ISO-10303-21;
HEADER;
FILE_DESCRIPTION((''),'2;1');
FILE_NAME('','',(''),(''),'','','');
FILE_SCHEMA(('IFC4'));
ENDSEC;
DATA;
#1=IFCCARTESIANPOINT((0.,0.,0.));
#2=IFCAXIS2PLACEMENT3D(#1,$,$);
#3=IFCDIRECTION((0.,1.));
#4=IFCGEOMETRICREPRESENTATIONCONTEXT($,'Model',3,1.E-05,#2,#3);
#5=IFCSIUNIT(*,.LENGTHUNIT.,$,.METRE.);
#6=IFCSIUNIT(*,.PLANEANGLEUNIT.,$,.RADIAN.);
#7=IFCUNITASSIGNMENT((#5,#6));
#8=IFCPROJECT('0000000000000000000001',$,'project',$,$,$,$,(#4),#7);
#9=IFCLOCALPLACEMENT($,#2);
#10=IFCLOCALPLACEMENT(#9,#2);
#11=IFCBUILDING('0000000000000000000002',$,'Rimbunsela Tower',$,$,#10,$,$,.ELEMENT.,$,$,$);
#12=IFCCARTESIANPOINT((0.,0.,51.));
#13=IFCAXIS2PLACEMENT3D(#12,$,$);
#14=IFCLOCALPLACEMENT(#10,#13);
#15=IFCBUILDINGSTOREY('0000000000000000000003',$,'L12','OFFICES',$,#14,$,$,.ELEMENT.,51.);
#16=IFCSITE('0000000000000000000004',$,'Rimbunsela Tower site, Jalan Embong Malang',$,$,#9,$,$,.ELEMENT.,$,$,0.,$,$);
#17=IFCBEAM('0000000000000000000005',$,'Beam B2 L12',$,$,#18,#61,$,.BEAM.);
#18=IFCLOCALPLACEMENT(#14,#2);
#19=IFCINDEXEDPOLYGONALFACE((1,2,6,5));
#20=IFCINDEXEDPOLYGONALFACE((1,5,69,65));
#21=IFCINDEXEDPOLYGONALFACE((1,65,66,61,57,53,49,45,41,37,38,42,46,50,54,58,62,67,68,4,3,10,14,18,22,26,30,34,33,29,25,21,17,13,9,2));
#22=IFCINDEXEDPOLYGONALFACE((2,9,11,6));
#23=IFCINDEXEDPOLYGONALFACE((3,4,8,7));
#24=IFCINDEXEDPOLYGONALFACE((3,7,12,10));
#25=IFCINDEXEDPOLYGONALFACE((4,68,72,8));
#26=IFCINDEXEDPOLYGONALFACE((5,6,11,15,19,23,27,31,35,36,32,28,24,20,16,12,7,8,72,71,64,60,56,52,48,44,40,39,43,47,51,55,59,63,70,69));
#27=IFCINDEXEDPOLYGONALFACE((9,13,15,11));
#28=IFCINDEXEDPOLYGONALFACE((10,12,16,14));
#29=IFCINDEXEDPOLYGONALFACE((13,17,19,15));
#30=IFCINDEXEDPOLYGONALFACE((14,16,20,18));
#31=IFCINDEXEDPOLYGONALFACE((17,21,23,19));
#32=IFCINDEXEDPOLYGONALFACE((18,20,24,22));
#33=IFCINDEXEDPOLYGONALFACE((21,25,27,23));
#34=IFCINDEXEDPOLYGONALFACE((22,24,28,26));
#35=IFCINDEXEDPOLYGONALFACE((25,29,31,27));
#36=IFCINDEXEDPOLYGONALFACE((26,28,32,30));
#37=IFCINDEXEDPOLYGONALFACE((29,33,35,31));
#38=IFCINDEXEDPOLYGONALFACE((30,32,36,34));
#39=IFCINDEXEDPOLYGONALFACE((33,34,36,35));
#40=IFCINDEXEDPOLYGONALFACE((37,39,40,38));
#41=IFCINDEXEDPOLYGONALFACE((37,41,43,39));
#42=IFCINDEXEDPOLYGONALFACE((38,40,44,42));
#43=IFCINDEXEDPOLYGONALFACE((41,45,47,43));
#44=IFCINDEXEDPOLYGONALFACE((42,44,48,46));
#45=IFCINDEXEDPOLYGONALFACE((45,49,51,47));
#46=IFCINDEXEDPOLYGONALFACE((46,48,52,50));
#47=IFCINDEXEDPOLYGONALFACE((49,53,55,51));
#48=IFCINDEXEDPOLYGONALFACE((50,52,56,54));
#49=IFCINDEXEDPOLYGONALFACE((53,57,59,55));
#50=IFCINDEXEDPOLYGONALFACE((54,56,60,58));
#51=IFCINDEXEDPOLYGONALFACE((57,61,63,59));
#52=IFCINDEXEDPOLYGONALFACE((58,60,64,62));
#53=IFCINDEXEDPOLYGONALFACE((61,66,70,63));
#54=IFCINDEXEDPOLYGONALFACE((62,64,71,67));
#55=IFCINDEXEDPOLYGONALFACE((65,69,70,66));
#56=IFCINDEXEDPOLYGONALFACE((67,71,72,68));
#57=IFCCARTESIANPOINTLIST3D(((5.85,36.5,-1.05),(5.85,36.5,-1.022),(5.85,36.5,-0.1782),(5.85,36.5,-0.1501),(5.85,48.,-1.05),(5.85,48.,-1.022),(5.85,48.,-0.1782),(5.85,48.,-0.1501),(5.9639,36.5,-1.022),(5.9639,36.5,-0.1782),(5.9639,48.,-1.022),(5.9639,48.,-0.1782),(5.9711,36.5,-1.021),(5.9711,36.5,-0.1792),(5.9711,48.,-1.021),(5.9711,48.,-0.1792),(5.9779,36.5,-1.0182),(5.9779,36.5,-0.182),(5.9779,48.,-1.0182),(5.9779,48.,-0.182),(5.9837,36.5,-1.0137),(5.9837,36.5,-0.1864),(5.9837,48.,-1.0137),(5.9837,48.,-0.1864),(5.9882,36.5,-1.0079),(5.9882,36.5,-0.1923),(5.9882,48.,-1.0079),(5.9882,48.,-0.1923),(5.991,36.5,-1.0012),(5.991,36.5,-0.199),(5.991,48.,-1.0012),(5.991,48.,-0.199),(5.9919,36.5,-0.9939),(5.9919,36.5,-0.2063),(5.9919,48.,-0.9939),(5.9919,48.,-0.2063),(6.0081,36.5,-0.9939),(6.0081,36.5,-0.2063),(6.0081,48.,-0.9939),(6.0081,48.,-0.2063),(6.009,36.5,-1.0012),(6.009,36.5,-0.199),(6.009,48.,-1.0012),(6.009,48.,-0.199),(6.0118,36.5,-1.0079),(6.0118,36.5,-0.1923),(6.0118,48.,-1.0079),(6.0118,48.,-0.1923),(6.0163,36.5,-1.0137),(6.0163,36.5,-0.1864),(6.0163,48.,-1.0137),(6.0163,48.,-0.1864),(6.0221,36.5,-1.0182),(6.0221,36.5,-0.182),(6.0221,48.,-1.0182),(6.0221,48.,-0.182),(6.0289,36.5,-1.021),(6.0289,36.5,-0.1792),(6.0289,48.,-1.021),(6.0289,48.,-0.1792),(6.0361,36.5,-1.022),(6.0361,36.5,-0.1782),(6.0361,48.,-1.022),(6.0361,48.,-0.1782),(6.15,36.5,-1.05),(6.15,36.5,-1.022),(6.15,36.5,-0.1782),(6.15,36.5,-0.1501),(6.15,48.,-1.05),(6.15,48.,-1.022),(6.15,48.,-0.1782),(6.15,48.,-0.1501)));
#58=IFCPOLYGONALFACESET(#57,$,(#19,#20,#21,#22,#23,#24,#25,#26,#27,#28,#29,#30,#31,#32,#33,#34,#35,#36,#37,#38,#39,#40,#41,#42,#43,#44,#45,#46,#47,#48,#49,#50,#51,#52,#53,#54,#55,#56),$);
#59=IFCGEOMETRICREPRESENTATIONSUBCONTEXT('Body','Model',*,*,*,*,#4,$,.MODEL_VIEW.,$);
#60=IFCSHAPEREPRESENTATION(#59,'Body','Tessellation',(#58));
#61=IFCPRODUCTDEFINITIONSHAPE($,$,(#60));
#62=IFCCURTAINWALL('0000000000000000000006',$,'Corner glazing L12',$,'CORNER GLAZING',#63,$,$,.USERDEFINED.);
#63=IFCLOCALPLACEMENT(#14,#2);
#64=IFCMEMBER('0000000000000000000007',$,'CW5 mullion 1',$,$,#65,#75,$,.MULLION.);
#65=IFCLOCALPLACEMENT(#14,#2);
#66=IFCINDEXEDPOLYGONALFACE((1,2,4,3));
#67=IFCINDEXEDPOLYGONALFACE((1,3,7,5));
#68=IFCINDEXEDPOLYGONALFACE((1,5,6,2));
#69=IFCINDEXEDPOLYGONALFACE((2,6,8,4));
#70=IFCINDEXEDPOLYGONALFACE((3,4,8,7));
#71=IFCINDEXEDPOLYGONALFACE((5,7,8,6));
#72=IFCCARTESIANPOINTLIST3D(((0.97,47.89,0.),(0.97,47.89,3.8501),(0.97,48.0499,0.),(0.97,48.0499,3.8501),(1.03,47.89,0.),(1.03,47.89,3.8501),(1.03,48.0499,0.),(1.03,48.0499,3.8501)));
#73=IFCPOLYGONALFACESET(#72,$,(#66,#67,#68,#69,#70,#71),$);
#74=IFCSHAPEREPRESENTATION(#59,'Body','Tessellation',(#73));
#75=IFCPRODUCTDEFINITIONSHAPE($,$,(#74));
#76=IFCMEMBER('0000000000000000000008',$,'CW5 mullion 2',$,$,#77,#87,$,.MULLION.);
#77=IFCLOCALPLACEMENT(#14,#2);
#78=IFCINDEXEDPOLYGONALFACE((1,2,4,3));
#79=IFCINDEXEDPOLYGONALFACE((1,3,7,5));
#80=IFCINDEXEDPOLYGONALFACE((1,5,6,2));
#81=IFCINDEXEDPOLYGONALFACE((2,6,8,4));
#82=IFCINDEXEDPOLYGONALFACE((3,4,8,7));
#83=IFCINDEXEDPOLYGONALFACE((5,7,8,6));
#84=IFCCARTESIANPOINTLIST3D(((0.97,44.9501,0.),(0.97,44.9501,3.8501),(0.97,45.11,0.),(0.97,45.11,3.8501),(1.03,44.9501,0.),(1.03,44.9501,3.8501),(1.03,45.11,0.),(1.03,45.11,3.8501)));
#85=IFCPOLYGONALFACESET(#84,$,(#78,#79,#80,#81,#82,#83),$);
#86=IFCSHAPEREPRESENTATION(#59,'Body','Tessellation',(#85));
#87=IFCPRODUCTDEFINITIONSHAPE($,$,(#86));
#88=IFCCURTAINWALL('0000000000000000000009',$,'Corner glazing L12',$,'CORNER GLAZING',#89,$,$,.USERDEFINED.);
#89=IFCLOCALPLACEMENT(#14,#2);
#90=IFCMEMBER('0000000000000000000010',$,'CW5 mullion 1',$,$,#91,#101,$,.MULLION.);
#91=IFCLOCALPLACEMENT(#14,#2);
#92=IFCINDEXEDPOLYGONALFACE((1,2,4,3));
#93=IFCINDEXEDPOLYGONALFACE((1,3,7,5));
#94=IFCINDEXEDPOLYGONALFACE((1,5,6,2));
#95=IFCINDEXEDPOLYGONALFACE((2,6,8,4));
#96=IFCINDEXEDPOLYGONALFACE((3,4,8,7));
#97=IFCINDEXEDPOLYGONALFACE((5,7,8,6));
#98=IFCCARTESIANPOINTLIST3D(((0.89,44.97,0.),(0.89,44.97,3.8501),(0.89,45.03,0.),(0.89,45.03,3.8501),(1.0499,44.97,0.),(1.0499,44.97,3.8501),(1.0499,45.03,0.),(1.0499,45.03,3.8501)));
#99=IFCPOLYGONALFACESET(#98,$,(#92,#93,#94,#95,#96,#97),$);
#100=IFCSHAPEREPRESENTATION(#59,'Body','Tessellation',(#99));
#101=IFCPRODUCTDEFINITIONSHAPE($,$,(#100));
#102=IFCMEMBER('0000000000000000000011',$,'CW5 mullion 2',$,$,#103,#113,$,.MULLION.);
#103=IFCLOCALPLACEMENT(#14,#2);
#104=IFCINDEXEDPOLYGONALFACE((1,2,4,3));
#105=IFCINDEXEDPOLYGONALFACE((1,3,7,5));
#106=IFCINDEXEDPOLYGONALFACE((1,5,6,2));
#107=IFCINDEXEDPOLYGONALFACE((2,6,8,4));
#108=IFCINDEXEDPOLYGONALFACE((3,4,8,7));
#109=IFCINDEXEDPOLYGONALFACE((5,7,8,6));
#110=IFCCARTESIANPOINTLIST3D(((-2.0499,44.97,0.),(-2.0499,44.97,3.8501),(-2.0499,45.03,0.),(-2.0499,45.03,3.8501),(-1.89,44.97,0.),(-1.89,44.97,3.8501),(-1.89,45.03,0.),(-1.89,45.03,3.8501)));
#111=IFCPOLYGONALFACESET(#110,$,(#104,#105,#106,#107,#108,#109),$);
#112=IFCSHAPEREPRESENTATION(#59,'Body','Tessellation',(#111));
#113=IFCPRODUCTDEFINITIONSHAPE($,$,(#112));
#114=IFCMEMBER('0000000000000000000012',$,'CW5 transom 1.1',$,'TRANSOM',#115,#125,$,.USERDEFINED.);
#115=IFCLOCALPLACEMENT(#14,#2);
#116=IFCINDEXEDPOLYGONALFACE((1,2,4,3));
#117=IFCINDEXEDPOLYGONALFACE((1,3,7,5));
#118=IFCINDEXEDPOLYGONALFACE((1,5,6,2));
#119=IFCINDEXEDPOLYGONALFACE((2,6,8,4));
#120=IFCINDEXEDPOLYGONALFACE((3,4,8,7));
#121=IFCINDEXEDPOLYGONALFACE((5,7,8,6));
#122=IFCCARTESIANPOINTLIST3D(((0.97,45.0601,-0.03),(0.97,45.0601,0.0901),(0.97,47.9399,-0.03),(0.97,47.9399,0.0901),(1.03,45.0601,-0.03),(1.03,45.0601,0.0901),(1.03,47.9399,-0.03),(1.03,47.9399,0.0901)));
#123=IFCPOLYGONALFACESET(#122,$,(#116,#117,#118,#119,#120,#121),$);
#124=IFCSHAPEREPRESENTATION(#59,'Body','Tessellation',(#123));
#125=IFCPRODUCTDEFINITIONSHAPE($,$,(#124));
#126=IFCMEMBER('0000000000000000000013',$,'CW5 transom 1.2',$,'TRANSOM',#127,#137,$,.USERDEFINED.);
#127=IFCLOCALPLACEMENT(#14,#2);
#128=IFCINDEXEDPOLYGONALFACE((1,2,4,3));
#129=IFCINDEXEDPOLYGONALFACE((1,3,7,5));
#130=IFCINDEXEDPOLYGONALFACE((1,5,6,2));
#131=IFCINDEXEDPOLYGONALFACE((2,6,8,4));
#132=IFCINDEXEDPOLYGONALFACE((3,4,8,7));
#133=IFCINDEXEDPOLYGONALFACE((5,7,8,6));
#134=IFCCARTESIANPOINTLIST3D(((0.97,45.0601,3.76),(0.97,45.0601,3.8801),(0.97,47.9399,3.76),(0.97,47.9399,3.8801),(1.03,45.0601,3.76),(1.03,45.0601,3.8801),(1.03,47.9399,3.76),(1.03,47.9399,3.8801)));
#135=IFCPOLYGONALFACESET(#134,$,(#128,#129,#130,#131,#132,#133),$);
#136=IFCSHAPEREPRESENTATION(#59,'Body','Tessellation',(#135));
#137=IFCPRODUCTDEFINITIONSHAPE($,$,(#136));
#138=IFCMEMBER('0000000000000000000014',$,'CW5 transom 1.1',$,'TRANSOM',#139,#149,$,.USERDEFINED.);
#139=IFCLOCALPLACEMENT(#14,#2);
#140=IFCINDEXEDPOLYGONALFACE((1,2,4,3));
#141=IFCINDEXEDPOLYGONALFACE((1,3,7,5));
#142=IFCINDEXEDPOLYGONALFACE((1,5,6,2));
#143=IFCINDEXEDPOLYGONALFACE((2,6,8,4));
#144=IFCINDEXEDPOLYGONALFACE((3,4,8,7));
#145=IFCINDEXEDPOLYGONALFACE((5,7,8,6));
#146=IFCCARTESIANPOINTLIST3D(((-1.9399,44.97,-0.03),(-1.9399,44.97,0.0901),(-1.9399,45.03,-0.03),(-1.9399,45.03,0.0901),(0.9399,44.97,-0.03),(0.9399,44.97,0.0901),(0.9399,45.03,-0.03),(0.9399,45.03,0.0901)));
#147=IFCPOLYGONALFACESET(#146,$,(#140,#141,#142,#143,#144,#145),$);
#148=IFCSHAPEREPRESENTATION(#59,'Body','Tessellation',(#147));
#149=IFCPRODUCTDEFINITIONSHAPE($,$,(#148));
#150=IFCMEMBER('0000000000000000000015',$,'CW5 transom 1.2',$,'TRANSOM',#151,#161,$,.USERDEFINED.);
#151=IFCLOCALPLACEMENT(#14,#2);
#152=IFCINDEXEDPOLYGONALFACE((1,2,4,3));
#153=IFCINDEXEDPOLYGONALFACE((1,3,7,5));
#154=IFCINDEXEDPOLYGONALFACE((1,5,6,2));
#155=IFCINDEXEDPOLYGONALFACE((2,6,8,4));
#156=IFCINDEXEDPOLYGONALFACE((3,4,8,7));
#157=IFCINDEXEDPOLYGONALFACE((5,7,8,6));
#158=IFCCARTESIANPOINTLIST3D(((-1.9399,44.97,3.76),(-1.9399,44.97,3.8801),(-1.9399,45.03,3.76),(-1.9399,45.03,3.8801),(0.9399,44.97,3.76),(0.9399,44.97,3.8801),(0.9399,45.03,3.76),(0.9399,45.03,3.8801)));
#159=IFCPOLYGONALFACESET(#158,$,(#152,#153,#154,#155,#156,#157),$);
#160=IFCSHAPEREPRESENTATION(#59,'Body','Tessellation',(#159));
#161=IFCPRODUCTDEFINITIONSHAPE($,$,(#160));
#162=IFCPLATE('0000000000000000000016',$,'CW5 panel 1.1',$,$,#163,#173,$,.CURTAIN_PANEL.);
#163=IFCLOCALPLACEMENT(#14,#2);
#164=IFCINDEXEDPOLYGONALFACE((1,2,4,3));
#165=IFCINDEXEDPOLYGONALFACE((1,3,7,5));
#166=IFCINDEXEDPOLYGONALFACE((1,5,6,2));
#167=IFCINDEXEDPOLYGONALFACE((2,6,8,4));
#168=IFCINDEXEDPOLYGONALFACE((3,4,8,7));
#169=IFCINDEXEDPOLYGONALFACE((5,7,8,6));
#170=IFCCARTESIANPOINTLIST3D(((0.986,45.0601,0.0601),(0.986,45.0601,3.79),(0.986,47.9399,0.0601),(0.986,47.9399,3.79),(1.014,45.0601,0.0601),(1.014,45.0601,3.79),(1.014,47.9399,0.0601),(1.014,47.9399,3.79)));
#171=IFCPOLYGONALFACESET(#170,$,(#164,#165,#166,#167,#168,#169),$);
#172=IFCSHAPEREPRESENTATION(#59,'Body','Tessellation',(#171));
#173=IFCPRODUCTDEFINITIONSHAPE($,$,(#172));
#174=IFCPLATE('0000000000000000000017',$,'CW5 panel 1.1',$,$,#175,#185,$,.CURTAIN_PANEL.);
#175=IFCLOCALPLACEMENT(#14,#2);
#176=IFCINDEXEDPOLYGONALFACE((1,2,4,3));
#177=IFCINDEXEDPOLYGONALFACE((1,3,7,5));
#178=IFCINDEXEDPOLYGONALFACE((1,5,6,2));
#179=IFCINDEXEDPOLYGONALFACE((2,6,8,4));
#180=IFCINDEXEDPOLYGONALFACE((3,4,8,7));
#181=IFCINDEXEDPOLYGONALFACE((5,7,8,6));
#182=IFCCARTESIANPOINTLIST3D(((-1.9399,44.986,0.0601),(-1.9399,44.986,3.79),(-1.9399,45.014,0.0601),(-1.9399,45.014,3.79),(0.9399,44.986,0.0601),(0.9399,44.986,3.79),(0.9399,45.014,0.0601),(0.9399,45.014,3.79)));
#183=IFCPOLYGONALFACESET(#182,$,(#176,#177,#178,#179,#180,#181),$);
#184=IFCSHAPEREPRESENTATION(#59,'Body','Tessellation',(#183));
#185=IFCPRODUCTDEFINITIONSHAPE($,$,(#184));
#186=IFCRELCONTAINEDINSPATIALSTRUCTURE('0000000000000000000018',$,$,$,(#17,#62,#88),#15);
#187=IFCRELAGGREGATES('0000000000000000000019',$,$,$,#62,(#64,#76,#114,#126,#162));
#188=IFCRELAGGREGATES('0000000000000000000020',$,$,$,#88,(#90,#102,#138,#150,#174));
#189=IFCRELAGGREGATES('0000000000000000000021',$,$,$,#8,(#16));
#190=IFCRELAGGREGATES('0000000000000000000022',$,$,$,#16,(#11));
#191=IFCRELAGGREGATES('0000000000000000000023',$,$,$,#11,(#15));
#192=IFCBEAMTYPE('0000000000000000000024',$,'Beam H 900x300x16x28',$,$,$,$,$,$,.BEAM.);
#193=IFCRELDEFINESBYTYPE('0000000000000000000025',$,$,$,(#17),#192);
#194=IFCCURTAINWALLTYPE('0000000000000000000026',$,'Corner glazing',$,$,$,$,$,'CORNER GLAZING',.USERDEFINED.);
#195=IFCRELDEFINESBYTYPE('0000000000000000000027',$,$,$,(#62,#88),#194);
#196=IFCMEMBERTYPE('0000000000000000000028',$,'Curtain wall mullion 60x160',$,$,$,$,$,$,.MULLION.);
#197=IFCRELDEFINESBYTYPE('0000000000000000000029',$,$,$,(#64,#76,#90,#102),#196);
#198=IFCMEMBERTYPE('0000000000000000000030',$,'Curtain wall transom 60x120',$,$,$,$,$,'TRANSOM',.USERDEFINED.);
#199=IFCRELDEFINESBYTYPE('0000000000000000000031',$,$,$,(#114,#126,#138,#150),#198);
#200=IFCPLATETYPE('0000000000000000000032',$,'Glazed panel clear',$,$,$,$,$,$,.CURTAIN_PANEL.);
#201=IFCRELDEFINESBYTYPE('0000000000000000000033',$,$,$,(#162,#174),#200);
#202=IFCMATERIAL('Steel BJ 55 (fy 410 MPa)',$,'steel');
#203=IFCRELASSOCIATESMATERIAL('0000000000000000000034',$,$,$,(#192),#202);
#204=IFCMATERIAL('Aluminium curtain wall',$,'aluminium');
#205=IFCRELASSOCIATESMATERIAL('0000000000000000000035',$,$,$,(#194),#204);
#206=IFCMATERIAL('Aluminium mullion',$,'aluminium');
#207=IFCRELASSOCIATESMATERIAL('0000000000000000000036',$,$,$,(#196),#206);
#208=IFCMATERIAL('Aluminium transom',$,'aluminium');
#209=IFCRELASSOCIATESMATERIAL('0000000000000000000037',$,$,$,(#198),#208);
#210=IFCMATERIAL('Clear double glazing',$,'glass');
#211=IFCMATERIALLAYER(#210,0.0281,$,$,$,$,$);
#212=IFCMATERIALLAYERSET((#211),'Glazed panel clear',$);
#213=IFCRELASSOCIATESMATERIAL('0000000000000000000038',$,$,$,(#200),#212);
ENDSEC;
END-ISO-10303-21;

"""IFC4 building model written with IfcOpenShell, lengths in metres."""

from ifc_helpers import new_model, si_unit, direction, frame, origin, origin_2d, place, context, subcontext, project, spatial, rectangle, i_section, extrude, material, layer, layer_set, material_profile, profile_set, type_object, element, aggregate, save


model = new_model("IFC4")

# Units and contexts
model_context = context("Model", 3, precision=1e-05, world=origin(), true_north=direction((0.0, 1.0)))
body_context = subcontext(model_context, "Body", "Model", "MODEL_VIEW")
ifc_project = project(units=[si_unit("LENGTHUNIT", "METRE"), si_unit("PLANEANGLEUNIT", "RADIAN")], contexts=[model_context])

# Site, building, storey
site_placement = place(None, origin())
site = spatial("IfcSite", under=ifc_project, at=site_placement, Name="Rimbunsela Tower site, Jalan Embong Malang", CompositionType="ELEMENT", RefElevation=0.0)
building_placement = place(site_placement, origin())
building = spatial("IfcBuilding", under=site, at=building_placement, Name="Rimbunsela Tower", CompositionType="ELEMENT")
storey_placement = place(building_placement, frame((0.0, 0.0, 51.0)))
storey = spatial("IfcBuildingStorey", under=building, at=storey_placement, Name="L12", Description="OFFICES", CompositionType="ELEMENT", Elevation=51.0)

# Beam
ifc_material_1 = material(Name="Steel BJ 55 (fy 410 MPa)", Category="steel")
ifc_material_profile_1 = material_profile(ifc_material_1, i_section(OverallWidth=0.3, OverallDepth=0.8999, WebThickness=0.0161, FlangeThickness=0.0281, FilletRadius=0.0281, at=origin_2d()), Name="H 900x300x16x28")
ifc_profile_set_1 = profile_set([ifc_material_profile_1], Name="Steel BJ 55 (fy 410 MPa)")
beam_type_1 = type_object("IfcBeamType", Name="Beam H 900x300x16x28", PredefinedType="BEAM", material=ifc_profile_set_1)
for number, where, z_axis, x_axis, name in (
    (1, (6.0, 36.5, -0.6001), (0.0, 1.0, 0.0), (-1.0, 0.0, 0.0), "Beam B2 L12"),
):
    element("IfcBeam", number, at=place(storey_placement, frame(where, z_axis=z_axis, x_axis=x_axis)), inside=storey, type_object=beam_type_1, Name=name, PredefinedType="BEAM", context=body_context, shape_type="SweptSolid", body=[
        extrude(i_section(OverallWidth=0.3, OverallDepth=0.8999, WebThickness=0.0161, FlangeThickness=0.0281, FilletRadius=0.0281, at=origin_2d()), origin(), (0.0, 0.0, 1.0), 11.5),
    ])

# Curtain walls, members
ifc_material_2 = material(Name="Aluminium curtain wall", Category="aluminium")
curtain_wall_type = type_object("IfcCurtainWallType", Name="Corner glazing", ElementType="CORNER GLAZING", PredefinedType="USERDEFINED", material=ifc_material_2)
curtain_wall_1_placement = place(storey_placement, origin())
curtain_wall_1 = element("IfcCurtainWall", 2, at=curtain_wall_1_placement, inside=storey, type_object=curtain_wall_type, Name="Corner glazing L12", ObjectType="CORNER GLAZING", PredefinedType="USERDEFINED")
ifc_material_3 = material(Name="Aluminium mullion", Category="aluminium")
ifc_material_profile_2 = material_profile(ifc_material_3, rectangle(XDim=0.0601, YDim=0.1599, at=origin_2d()), Name="Mullion 60x160")
ifc_profile_set_2 = profile_set([ifc_material_profile_2], Name="Aluminium mullion")
member_type_1 = type_object("IfcMemberType", Name="Curtain wall mullion 60x160", PredefinedType="MULLION", material=ifc_profile_set_2)
member_1_placement = place(storey_placement, frame((1.0, 47.97, 0.0), z_axis=(0.0, 0.0, 1.0), x_axis=(1.0, 0.0, 0.0)))
member_1 = element("IfcMember", 3, at=member_1_placement, type_object=member_type_1, Name="CW5 mullion 1", PredefinedType="MULLION", context=body_context, shape_type="SweptSolid", body=[
    extrude(rectangle(XDim=0.0601, YDim=0.1599, at=origin_2d()), origin(), (0.0, 0.0, 1.0), 3.8501),
])
member_2_placement = place(storey_placement, frame((1.0, 45.03, 0.0), z_axis=(0.0, 0.0, 1.0), x_axis=(1.0, 0.0, 0.0)))
member_2 = element("IfcMember", 4, at=member_2_placement, type_object=member_type_1, Name="CW5 mullion 2", PredefinedType="MULLION", context=body_context, shape_type="SweptSolid", body=[
    extrude(rectangle(XDim=0.0601, YDim=0.1599, at=origin_2d()), origin(), (0.0, 0.0, 1.0), 3.8501),
])
curtain_wall_2_placement = place(storey_placement, origin())
curtain_wall_2 = element("IfcCurtainWall", 5, at=curtain_wall_2_placement, inside=storey, type_object=curtain_wall_type, Name="Corner glazing L12", ObjectType="CORNER GLAZING", PredefinedType="USERDEFINED")
member_3_placement = place(storey_placement, frame((0.97, 45.0, 0.0), z_axis=(0.0, 0.0, 1.0), x_axis=(0.0, -1.0, 0.0)))
member_3 = element("IfcMember", 6, at=member_3_placement, type_object=member_type_1, Name="CW5 mullion 1", PredefinedType="MULLION", context=body_context, shape_type="SweptSolid", body=[
    extrude(rectangle(XDim=0.0601, YDim=0.1599, at=origin_2d()), origin(), (0.0, 0.0, 1.0), 3.8501),
])
member_4_placement = place(storey_placement, frame((-1.97, 45.0, 0.0), z_axis=(0.0, 0.0, 1.0), x_axis=(0.0, -1.0, 0.0)))
member_4 = element("IfcMember", 7, at=member_4_placement, type_object=member_type_1, Name="CW5 mullion 2", PredefinedType="MULLION", context=body_context, shape_type="SweptSolid", body=[
    extrude(rectangle(XDim=0.0601, YDim=0.1599, at=origin_2d()), origin(), (0.0, 0.0, 1.0), 3.8501),
])

# Members
ifc_material_4 = material(Name="Aluminium transom", Category="aluminium")
ifc_material_profile_3 = material_profile(ifc_material_4, rectangle(XDim=0.0601, YDim=0.1201, at=origin_2d()), Name="Transom 60x120")
ifc_profile_set_3 = profile_set([ifc_material_profile_3], Name="Aluminium transom")
member_type_2 = type_object("IfcMemberType", Name="Curtain wall transom 60x120", ElementType="TRANSOM", PredefinedType="USERDEFINED", material=ifc_profile_set_3)
member_5_placement = place(storey_placement, frame((1.0, 47.9399, 0.03), z_axis=(0.0, -1.0, 0.0), x_axis=(1.0, 0.0, 0.0)))
member_5 = element("IfcMember", 8, at=member_5_placement, type_object=member_type_2, Name="CW5 transom 1.1", ObjectType="TRANSOM", PredefinedType="USERDEFINED", context=body_context, shape_type="SweptSolid", body=[
    extrude(rectangle(XDim=0.0601, YDim=0.1201, at=origin_2d()), origin(), (0.0, 0.0, 1.0), 2.8799),
])
member_6_placement = place(storey_placement, frame((1.0, 47.9399, 3.8201), z_axis=(0.0, -1.0, 0.0), x_axis=(1.0, 0.0, 0.0)))
member_6 = element("IfcMember", 9, at=member_6_placement, type_object=member_type_2, Name="CW5 transom 1.2", ObjectType="TRANSOM", PredefinedType="USERDEFINED", context=body_context, shape_type="SweptSolid", body=[
    extrude(rectangle(XDim=0.0601, YDim=0.1201, at=origin_2d()), origin(), (0.0, 0.0, 1.0), 2.8799),
])
member_7_placement = place(storey_placement, frame((0.9399, 45.0, 0.03), z_axis=(-1.0, 0.0, 0.0), x_axis=(0.0, -1.0, 0.0)))
member_7 = element("IfcMember", 10, at=member_7_placement, type_object=member_type_2, Name="CW5 transom 1.1", ObjectType="TRANSOM", PredefinedType="USERDEFINED", context=body_context, shape_type="SweptSolid", body=[
    extrude(rectangle(XDim=0.0601, YDim=0.1201, at=origin_2d()), origin(), (0.0, 0.0, 1.0), 2.8799),
])
member_8_placement = place(storey_placement, frame((0.9399, 45.0, 3.8201), z_axis=(-1.0, 0.0, 0.0), x_axis=(0.0, -1.0, 0.0)))
member_8 = element("IfcMember", 11, at=member_8_placement, type_object=member_type_2, Name="CW5 transom 1.2", ObjectType="TRANSOM", PredefinedType="USERDEFINED", context=body_context, shape_type="SweptSolid", body=[
    extrude(rectangle(XDim=0.0601, YDim=0.1201, at=origin_2d()), origin(), (0.0, 0.0, 1.0), 2.8799),
])

# Plates
ifc_material_5 = material(Name="Clear double glazing", Category="glass")
ifc_layer_1 = layer(ifc_material_5, 0.0281)
ifc_layer_set_1 = layer_set([ifc_layer_1], Name="Glazed panel clear")
plate_type = type_object("IfcPlateType", Name="Glazed panel clear", PredefinedType="CURTAIN_PANEL", material=ifc_layer_set_1)
plate_1_placement = place(storey_placement, frame((1.0, 46.5, 0.0601), z_axis=(0.0, 0.0, 1.0), x_axis=(0.0, -1.0, 0.0)))
plate_1 = element("IfcPlate", 12, at=plate_1_placement, type_object=plate_type, Name="CW5 panel 1.1", PredefinedType="CURTAIN_PANEL", context=body_context, shape_type="SweptSolid", body=[
    extrude(rectangle(XDim=2.8799, YDim=0.0281, at=origin_2d()), origin(), (0.0, 0.0, 1.0), 3.73),
])
aggregate(curtain_wall_1, [member_1, member_2, member_5, member_6, plate_1])
plate_2_placement = place(storey_placement, frame((-0.5, 45.0, 0.0601), z_axis=(0.0, 0.0, 1.0), x_axis=(-1.0, 0.0, 0.0)))
plate_2 = element("IfcPlate", 13, at=plate_2_placement, type_object=plate_type, Name="CW5 panel 1.1", PredefinedType="CURTAIN_PANEL", context=body_context, shape_type="SweptSolid", body=[
    extrude(rectangle(XDim=2.8799, YDim=0.0281, at=origin_2d()), origin(), (0.0, 0.0, 1.0), 3.73),
])
aggregate(curtain_wall_2, [member_3, member_4, member_7, member_8, plate_2])

save(model, "model.ifc")
